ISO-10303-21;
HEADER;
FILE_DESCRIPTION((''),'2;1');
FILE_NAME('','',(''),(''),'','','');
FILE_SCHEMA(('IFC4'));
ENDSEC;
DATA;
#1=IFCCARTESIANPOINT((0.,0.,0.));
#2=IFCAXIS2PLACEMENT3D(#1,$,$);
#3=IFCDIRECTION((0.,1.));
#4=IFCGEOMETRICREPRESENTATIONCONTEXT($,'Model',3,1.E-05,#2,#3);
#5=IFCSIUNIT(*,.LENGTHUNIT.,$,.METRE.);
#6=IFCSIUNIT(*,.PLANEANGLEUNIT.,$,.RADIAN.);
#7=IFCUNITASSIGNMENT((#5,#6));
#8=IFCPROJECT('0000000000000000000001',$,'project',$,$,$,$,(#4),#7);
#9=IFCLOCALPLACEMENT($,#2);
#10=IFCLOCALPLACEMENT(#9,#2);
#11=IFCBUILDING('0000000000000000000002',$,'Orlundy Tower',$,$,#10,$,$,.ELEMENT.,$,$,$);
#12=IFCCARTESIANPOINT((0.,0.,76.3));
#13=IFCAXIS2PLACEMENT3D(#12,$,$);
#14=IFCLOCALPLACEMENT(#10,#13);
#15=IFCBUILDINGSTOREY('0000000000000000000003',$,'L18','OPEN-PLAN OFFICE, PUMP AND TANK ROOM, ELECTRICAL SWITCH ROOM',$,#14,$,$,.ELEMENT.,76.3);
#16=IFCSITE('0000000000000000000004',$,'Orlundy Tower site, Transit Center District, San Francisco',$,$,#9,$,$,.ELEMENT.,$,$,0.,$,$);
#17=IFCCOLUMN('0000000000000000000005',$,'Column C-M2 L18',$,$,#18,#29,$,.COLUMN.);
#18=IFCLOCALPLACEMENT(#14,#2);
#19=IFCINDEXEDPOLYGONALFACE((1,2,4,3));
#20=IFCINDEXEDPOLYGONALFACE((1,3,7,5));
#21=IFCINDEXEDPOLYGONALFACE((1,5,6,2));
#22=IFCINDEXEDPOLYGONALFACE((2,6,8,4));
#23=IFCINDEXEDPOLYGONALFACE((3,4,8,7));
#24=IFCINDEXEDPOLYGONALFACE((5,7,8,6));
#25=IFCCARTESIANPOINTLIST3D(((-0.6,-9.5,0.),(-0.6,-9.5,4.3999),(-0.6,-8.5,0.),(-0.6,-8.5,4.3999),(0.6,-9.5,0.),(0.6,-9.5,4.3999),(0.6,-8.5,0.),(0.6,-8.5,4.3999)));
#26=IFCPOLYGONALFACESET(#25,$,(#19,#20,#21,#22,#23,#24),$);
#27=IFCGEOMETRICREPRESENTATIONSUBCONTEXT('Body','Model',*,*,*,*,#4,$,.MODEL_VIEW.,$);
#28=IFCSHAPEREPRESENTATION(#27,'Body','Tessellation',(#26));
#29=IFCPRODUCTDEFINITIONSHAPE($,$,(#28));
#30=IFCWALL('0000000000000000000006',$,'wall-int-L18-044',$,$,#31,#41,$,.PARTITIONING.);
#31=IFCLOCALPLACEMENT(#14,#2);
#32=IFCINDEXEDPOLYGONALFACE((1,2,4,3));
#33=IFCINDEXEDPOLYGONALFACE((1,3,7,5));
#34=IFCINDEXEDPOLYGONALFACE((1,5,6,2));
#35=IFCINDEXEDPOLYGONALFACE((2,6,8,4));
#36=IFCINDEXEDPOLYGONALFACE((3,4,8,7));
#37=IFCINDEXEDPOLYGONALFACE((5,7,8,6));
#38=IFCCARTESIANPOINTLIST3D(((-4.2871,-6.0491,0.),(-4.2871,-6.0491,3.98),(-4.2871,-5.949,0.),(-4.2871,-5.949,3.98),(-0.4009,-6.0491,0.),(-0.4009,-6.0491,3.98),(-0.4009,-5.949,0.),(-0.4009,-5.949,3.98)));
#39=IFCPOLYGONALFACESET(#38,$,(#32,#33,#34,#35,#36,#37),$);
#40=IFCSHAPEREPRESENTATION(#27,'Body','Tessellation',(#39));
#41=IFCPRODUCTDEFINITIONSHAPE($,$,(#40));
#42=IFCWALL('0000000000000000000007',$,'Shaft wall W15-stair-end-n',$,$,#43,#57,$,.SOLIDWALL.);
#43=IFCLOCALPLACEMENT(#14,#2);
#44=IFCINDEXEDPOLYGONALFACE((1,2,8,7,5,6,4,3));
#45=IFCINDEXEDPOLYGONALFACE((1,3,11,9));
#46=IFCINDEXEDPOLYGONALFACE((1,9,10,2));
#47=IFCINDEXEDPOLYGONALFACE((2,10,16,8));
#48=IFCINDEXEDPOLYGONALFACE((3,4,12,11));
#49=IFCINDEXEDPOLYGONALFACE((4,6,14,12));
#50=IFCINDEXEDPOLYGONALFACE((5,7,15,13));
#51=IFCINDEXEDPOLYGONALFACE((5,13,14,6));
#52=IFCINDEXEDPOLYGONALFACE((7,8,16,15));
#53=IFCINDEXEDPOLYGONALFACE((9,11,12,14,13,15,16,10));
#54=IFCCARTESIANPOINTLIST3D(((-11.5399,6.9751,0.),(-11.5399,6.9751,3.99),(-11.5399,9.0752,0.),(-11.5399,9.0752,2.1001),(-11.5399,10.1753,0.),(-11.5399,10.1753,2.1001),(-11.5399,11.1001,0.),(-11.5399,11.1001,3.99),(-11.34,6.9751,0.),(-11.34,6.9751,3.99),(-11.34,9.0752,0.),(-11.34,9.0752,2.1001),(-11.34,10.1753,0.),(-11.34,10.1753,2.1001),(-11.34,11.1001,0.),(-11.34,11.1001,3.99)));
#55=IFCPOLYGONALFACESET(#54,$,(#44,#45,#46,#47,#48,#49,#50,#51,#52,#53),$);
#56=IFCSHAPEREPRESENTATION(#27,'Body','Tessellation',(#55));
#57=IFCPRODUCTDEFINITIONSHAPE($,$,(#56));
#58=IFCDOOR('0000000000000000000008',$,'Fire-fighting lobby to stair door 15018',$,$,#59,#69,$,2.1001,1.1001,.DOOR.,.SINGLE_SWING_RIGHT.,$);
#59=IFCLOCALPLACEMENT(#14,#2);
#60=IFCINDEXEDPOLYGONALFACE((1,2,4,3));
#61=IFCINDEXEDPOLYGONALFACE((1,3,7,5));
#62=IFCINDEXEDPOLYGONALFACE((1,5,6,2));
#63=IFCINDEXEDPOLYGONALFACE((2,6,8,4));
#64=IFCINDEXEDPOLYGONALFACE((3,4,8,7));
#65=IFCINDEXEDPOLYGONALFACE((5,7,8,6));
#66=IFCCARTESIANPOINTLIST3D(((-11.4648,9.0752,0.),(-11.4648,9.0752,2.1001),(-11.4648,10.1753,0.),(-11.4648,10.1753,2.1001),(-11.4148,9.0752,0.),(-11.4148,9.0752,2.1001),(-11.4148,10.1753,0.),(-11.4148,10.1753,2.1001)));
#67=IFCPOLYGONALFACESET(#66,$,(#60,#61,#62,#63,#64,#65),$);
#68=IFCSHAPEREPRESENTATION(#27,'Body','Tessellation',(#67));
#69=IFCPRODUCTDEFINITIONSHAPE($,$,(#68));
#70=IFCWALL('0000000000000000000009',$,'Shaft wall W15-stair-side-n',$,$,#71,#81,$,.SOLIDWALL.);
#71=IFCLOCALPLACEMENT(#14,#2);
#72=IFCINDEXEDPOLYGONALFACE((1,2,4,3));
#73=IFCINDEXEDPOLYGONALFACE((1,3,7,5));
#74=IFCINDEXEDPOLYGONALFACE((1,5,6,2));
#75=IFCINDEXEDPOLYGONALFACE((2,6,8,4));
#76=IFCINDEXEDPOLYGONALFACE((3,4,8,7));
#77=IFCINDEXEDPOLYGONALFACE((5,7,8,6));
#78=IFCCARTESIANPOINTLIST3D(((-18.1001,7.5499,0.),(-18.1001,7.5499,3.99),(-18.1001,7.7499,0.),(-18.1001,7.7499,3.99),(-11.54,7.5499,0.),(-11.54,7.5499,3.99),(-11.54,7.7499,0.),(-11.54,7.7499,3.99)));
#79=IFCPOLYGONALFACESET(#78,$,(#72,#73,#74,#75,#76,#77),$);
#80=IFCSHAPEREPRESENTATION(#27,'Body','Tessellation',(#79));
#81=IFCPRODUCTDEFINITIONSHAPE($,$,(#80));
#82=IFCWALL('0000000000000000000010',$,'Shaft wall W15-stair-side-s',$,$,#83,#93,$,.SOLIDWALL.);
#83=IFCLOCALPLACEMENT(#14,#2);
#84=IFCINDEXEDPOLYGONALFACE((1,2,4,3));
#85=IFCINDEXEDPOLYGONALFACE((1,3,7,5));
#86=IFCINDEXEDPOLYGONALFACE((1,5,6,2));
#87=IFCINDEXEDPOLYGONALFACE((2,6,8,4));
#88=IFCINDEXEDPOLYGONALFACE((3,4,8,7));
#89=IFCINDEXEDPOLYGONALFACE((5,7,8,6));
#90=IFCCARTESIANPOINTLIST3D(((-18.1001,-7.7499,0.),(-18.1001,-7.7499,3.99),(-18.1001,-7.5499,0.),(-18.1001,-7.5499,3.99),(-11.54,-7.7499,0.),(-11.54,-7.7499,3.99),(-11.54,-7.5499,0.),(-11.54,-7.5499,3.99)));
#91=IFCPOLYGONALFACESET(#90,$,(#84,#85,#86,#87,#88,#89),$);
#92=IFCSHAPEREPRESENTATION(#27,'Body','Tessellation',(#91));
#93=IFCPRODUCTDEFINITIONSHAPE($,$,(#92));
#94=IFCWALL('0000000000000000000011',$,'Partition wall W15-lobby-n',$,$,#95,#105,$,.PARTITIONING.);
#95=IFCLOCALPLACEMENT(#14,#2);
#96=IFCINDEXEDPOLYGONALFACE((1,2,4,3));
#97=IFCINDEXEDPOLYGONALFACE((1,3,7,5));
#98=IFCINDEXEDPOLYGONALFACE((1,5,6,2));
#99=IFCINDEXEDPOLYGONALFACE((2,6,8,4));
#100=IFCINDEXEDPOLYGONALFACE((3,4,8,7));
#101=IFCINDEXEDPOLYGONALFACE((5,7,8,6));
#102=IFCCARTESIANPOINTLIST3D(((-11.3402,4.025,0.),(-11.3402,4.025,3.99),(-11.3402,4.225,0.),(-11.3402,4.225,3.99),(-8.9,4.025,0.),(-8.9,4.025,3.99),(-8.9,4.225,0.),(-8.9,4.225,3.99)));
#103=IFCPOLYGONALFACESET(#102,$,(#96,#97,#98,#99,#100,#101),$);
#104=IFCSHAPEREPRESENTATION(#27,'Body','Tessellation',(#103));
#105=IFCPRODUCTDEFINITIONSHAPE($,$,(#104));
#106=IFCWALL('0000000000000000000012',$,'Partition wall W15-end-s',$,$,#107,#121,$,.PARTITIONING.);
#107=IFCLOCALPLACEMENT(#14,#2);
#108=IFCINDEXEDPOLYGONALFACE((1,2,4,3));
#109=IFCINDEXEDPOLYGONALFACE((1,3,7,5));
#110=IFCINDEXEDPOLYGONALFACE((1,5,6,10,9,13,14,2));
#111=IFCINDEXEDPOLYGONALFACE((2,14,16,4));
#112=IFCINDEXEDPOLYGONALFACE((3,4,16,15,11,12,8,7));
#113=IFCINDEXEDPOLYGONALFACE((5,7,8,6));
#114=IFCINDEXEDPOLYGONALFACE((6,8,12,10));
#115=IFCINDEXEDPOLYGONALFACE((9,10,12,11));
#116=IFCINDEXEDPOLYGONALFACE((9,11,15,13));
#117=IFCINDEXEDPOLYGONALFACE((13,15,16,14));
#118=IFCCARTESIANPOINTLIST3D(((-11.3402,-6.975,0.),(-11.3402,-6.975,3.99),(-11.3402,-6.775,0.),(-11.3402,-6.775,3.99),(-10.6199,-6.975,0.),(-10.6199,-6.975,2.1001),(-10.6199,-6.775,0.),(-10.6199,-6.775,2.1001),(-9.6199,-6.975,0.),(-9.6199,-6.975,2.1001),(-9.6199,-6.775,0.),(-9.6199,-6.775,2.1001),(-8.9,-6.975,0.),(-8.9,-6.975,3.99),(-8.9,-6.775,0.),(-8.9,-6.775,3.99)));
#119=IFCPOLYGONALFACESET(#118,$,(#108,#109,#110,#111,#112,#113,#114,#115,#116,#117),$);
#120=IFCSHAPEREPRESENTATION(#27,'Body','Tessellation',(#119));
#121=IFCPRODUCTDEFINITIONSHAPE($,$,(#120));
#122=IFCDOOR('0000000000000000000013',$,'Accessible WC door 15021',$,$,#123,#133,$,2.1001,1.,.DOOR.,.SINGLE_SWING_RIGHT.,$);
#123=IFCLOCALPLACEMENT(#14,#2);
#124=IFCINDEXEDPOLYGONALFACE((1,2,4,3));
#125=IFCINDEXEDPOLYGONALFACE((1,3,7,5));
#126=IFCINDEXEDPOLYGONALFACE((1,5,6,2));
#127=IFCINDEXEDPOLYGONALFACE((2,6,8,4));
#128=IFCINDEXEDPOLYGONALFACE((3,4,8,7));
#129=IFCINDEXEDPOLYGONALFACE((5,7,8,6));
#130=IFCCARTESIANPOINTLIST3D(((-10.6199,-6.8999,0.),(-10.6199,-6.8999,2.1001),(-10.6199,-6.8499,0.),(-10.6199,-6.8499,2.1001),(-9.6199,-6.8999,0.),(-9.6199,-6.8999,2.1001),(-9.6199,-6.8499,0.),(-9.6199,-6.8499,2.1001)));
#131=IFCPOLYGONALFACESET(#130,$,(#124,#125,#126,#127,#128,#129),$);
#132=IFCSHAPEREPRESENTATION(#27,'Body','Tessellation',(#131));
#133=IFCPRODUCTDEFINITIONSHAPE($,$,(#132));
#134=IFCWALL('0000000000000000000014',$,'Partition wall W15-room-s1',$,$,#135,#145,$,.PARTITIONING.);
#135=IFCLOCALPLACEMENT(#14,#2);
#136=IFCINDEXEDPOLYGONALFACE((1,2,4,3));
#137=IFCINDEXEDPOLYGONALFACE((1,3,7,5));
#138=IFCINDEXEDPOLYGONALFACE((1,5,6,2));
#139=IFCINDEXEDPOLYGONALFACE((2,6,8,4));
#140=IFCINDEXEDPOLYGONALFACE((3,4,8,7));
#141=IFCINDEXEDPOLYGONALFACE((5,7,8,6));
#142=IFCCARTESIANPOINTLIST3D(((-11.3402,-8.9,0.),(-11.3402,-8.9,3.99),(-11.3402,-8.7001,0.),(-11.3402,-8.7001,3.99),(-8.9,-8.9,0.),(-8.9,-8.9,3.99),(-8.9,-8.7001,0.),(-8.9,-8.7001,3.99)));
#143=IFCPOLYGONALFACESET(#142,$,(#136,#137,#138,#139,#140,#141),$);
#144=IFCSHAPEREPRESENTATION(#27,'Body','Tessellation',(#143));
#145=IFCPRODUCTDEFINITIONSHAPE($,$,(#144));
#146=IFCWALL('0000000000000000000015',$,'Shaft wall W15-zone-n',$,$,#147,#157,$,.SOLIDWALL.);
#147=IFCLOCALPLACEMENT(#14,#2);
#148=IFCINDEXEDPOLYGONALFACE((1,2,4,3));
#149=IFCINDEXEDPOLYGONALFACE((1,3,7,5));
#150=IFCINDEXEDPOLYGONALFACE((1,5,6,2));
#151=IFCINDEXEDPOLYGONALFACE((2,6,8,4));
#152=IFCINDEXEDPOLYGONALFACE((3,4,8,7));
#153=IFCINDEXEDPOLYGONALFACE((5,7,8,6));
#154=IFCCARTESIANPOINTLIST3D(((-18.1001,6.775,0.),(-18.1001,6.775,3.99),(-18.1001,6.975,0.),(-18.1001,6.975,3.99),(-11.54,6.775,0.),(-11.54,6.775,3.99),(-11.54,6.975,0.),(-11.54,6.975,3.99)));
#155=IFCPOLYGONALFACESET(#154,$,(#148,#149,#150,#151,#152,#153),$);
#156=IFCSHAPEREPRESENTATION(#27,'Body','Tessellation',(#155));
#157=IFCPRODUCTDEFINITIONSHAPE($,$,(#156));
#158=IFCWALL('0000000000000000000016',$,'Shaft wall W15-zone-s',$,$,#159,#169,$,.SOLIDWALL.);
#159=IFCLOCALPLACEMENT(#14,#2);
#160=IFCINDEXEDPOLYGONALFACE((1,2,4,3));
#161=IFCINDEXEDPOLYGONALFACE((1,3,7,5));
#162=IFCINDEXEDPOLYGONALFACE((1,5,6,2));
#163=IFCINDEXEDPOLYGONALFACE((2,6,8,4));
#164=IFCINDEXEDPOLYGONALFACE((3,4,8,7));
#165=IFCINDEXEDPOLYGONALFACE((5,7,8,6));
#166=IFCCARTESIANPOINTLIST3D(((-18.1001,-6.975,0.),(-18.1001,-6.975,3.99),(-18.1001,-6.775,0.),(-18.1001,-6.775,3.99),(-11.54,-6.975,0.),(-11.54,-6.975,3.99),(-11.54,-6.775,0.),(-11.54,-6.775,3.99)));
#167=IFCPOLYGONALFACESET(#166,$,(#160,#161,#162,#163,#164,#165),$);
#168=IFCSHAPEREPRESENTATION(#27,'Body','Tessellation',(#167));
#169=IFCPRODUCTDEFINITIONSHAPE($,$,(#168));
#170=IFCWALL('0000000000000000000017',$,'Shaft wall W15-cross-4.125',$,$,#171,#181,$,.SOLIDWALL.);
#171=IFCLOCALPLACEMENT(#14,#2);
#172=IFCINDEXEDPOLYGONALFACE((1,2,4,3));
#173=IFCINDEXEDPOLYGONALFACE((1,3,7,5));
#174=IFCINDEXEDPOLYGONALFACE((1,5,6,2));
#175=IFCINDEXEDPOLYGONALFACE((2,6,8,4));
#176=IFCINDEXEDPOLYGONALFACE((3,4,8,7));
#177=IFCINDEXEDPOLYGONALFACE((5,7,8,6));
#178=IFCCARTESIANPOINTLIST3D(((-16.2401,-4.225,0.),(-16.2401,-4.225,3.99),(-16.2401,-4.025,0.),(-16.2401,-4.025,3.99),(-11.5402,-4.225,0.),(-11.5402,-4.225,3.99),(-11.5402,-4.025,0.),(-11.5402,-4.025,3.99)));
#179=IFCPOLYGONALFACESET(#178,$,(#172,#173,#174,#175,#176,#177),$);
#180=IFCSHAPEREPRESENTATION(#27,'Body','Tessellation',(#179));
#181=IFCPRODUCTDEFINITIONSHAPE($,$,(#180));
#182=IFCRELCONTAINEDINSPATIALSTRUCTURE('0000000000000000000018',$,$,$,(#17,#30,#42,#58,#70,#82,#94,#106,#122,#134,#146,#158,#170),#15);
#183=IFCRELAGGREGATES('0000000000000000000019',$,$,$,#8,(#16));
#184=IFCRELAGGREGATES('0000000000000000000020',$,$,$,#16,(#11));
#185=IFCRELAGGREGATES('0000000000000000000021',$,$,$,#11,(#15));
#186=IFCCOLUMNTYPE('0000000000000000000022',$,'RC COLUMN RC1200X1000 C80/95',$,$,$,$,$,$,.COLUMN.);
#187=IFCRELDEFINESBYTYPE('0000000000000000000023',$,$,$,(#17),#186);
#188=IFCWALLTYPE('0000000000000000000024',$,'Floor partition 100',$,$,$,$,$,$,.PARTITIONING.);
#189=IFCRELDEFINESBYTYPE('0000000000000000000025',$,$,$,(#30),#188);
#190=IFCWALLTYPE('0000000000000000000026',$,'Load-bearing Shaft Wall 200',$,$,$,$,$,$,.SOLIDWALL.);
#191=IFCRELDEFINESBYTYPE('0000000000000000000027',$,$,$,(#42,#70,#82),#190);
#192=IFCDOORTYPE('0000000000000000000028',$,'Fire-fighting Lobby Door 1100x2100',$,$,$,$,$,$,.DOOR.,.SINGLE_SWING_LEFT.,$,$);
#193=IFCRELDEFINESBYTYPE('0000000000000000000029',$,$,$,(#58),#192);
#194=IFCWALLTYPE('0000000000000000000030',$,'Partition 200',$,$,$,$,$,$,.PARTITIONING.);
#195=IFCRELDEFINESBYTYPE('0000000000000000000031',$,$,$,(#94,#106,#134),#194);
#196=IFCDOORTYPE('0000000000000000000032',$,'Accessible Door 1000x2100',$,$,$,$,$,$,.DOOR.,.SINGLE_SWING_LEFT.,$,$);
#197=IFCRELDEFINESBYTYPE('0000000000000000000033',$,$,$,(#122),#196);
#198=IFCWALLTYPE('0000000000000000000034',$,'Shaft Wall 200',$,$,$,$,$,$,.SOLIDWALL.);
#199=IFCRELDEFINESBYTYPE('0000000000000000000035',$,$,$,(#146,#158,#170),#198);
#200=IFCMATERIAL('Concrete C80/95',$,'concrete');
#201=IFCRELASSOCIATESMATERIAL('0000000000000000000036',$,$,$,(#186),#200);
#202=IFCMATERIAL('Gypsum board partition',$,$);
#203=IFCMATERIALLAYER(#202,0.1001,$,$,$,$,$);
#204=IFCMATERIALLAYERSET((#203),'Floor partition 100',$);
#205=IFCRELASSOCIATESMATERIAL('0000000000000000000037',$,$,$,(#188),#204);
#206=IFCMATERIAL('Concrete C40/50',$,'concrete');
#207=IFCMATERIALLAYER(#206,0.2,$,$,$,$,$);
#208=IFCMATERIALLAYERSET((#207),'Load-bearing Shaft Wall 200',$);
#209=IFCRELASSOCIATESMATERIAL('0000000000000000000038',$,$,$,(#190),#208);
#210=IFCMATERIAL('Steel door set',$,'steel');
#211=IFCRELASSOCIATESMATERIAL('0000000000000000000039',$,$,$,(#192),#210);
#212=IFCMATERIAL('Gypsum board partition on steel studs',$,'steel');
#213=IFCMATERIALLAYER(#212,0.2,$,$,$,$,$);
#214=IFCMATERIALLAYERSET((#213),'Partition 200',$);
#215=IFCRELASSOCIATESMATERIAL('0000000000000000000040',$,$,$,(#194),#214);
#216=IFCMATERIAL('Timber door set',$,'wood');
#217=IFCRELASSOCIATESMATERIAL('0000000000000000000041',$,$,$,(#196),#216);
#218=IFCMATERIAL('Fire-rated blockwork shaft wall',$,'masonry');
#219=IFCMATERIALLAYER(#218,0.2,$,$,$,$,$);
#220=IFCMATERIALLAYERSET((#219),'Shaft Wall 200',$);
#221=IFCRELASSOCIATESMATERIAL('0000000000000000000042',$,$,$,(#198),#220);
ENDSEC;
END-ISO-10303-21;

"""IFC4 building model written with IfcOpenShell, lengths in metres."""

from ifc_helpers import new_model, si_unit, direction, frame, frame_2d, origin, origin_2d, place, context, subcontext, project, spatial, rectangle, extrude, material, layer, layer_set, material_profile, profile_set, type_object, element, fill, save


model = new_model("IFC4")

# Units and contexts
model_context = context("Model", 3, precision=1e-05, world=origin(), true_north=direction((0.0, 1.0)))
body_context = subcontext(model_context, "Body", "Model", "MODEL_VIEW")
ifc_project = project(units=[si_unit("LENGTHUNIT", "METRE"), si_unit("PLANEANGLEUNIT", "RADIAN")], contexts=[model_context])

# Site, building, storey
site_placement = place(None, origin())
site = spatial("IfcSite", under=ifc_project, at=site_placement, Name="Orlundy Tower site, Transit Center District, San Francisco", CompositionType="ELEMENT", RefElevation=0.0)
building_placement = place(site_placement, origin())
building = spatial("IfcBuilding", under=site, at=building_placement, Name="Orlundy Tower", CompositionType="ELEMENT")
storey_placement = place(building_placement, frame((0.0, 0.0, 76.3)))
storey = spatial("IfcBuildingStorey", under=building, at=storey_placement, Name="L18", Description="OPEN-PLAN OFFICE, PUMP AND TANK ROOM, ELECTRICAL SWITCH ROOM", CompositionType="ELEMENT", Elevation=76.3)

# Column
ifc_material_1 = material(Name="Concrete C80/95", Category="concrete")
ifc_material_profile = material_profile(ifc_material_1, rectangle(XDim=1.2, YDim=1.0, at=origin_2d()), Name="RC1200X1000")
ifc_profile_set = profile_set([ifc_material_profile], Name="Concrete C80/95")
column_type = type_object("IfcColumnType", Name="RC COLUMN RC1200X1000 C80/95", PredefinedType="COLUMN", material=ifc_profile_set)
column_placement = place(storey_placement, frame((0.0, -9.0, 0.0), z_axis=(0.0, 0.0, 1.0), x_axis=(1.0, 0.0, 0.0)))
element("IfcColumn", 1, at=column_placement, inside=storey, type_object=column_type, Name="Column C-M2 L18", PredefinedType="COLUMN", context=body_context, shape_type="SweptSolid", body=[
    extrude(rectangle(XDim=1.2, YDim=1.0, at=origin_2d()), origin(), (0.0, 0.0, 1.0), 4.3999),
])

# Wall
ifc_material_2 = material(Name="Gypsum board partition")
ifc_layer_1 = layer(ifc_material_2, 0.1001)
ifc_layer_set_1 = layer_set([ifc_layer_1], Name="Floor partition 100")
wall_type_1 = type_object("IfcWallType", Name="Floor partition 100", PredefinedType="PARTITIONING", material=ifc_layer_set_1)
wall_1_placement = place(storey_placement, frame((-4.2871, -5.999, 0.0), z_axis=(0.0, 0.0, 1.0), x_axis=(1.0, 0.0, 0.0)))
element("IfcWall", 2, at=wall_1_placement, inside=storey, type_object=wall_type_1, Name="wall-int-L18-044", PredefinedType="PARTITIONING", context=body_context, shape_type="SweptSolid", body=[
    extrude(rectangle(XDim=3.8862, YDim=0.1001, at=frame_2d((1.9431, 0.0))), origin(), (0.0, 0.0, 1.0), 3.98),
])

# Wall, opening, door
ifc_material_3 = material(Name="Concrete C40/50", Category="concrete")
ifc_layer_2 = layer(ifc_material_3, 0.2)
ifc_layer_set_2 = layer_set([ifc_layer_2], Name="Load-bearing Shaft Wall 200")
wall_type_2 = type_object("IfcWallType", Name="Load-bearing Shaft Wall 200", PredefinedType="SOLIDWALL", material=ifc_layer_set_2)
wall_2_placement = place(storey_placement, frame((-11.4399, 6.9751, 0.0), z_axis=(0.0, 0.0, 1.0), x_axis=(0.0, 1.0, 0.0)))
wall_2 = element("IfcWall", 3, at=wall_2_placement, inside=storey, type_object=wall_type_2, Name="Shaft wall W15-stair-end-n", PredefinedType="SOLIDWALL", context=body_context, shape_type="SweptSolid", body=[
    extrude(rectangle(XDim=4.125, YDim=0.2, at=frame_2d((2.0625, 0.0))), origin(), (0.0, 0.0, 1.0), 3.99),
])
opening_1_placement = place(wall_2_placement, frame((2.1001, 0.0, 0.0)))
opening_1 = element("IfcOpeningElement", 4, at=opening_1_placement, cuts=wall_2, PredefinedType="OPENING", context=body_context, shape_type="SweptSolid", body=[
    extrude(rectangle(XDim=1.1001, YDim=2.1001, at=frame_2d((0.55, 1.05))), frame((0.0, 0.1101, 0.0), z_axis=(0.0, -1.0, 0.0), x_axis=(1.0, 0.0, 0.0)), (0.0, 0.0, 1.0), 0.2202),
])
ifc_material_4 = material(Name="Steel door set", Category="steel")
door_type_1 = type_object("IfcDoorType", Name="Fire-fighting Lobby Door 1100x2100", OperationType="SINGLE_SWING_LEFT", PredefinedType="DOOR", material=ifc_material_4)
door_1_placement = place(opening_1_placement, origin())
door_1 = element("IfcDoor", 5, at=door_1_placement, inside=storey, type_object=door_type_1, Name="Fire-fighting lobby to stair door 15018", OperationType="SINGLE_SWING_RIGHT", OverallHeight=2.1001, OverallWidth=1.1001, PredefinedType="DOOR", context=body_context, shape_type="SweptSolid", body=[
    extrude(rectangle(XDim=1.1001, YDim=2.1001, at=frame_2d((0.55, 1.05))), frame((0.0, 0.0249, 0.0), z_axis=(0.0, -1.0, 0.0), x_axis=(1.0, 0.0, 0.0)), (0.0, 0.0, 1.0), 0.05),
])
fill(opening_1, door_1)

# Walls
for number, where, z_axis, x_axis, name in (
    (6, (-11.54, 7.6499, 0.0), (0.0, 0.0, 1.0), (-1.0, 0.0, 0.0), "Shaft wall W15-stair-side-n"),
    (7, (-11.54, -7.6499, 0.0), (0.0, 0.0, 1.0), (-1.0, 0.0, 0.0), "Shaft wall W15-stair-side-s"),
):
    element("IfcWall", number, at=place(storey_placement, frame(where, z_axis=z_axis, x_axis=x_axis)), inside=storey, type_object=wall_type_2, Name=name, PredefinedType="SOLIDWALL", context=body_context, shape_type="SweptSolid", body=[
        extrude(rectangle(XDim=6.5601, YDim=0.2, at=frame_2d((3.28, 0.0))), origin(), (0.0, 0.0, 1.0), 3.99),
    ])
ifc_material_5 = material(Name="Gypsum board partition on steel studs", Category="steel")
ifc_layer_3 = layer(ifc_material_5, 0.2)
ifc_layer_set_3 = layer_set([ifc_layer_3], Name="Partition 200")
wall_type_3 = type_object("IfcWallType", Name="Partition 200", PredefinedType="PARTITIONING", material=ifc_layer_set_3)
wall_3_placement = place(storey_placement, frame((-8.8999, 4.125, 0.0), z_axis=(0.0, 0.0, 1.0), x_axis=(-1.0, 0.0, 0.0)))
element("IfcWall", 8, at=wall_3_placement, inside=storey, type_object=wall_type_3, Name="Partition wall W15-lobby-n", PredefinedType="PARTITIONING", context=body_context, shape_type="SweptSolid", body=[
    extrude(rectangle(XDim=2.4402, YDim=0.2, at=frame_2d((1.2202, 0.0))), origin(), (0.0, 0.0, 1.0), 3.99),
])

# Wall, opening, door
wall_4_placement = place(storey_placement, frame((-8.8999, -6.875, 0.0), z_axis=(0.0, 0.0, 1.0), x_axis=(-1.0, 0.0, 0.0)))
wall_4 = element("IfcWall", 9, at=wall_4_placement, inside=storey, type_object=wall_type_3, Name="Partition wall W15-end-s", PredefinedType="PARTITIONING", context=body_context, shape_type="SweptSolid", body=[
    extrude(rectangle(XDim=2.4402, YDim=0.2, at=frame_2d((1.2202, 0.0))), origin(), (0.0, 0.0, 1.0), 3.99),
])
opening_2_placement = place(wall_4_placement, frame((0.72, 0.0, 0.0)))
opening_2 = element("IfcOpeningElement", 10, at=opening_2_placement, cuts=wall_4, PredefinedType="OPENING", context=body_context, shape_type="SweptSolid", body=[
    extrude(rectangle(XDim=1.0, YDim=2.1001, at=frame_2d((0.5, 1.05))), frame((0.0, 0.1101, 0.0), z_axis=(0.0, -1.0, 0.0), x_axis=(1.0, 0.0, 0.0)), (0.0, 0.0, 1.0), 0.2202),
])
ifc_material_6 = material(Name="Timber door set", Category="wood")
door_type_2 = type_object("IfcDoorType", Name="Accessible Door 1000x2100", OperationType="SINGLE_SWING_LEFT", PredefinedType="DOOR", material=ifc_material_6)
door_2_placement = place(opening_2_placement, origin())
door_2 = element("IfcDoor", 11, at=door_2_placement, inside=storey, type_object=door_type_2, Name="Accessible WC door 15021", OperationType="SINGLE_SWING_RIGHT", OverallHeight=2.1001, OverallWidth=1.0, PredefinedType="DOOR", context=body_context, shape_type="SweptSolid", body=[
    extrude(rectangle(XDim=1.0, YDim=2.1001, at=frame_2d((0.5, 1.05))), frame((0.0, 0.0249, 0.0), z_axis=(0.0, -1.0, 0.0), x_axis=(1.0, 0.0, 0.0)), (0.0, 0.0, 1.0), 0.05),
])
fill(opening_2, door_2)

# Walls
wall_5_placement = place(storey_placement, frame((-8.8999, -8.8, 0.0), z_axis=(0.0, 0.0, 1.0), x_axis=(-1.0, 0.0, 0.0)))
element("IfcWall", 12, at=wall_5_placement, inside=storey, type_object=wall_type_3, Name="Partition wall W15-room-s1", PredefinedType="PARTITIONING", context=body_context, shape_type="SweptSolid", body=[
    extrude(rectangle(XDim=2.4402, YDim=0.2, at=frame_2d((1.2202, 0.0))), origin(), (0.0, 0.0, 1.0), 3.99),
])
ifc_material_7 = material(Name="Fire-rated blockwork shaft wall", Category="masonry")
ifc_layer_4 = layer(ifc_material_7, 0.2)
ifc_layer_set_4 = layer_set([ifc_layer_4], Name="Shaft Wall 200")
wall_type_4 = type_object("IfcWallType", Name="Shaft Wall 200", PredefinedType="SOLIDWALL", material=ifc_layer_set_4)
for number, where, z_axis, x_axis, name in (
    (13, (-11.54, 6.875, 0.0), (0.0, 0.0, 1.0), (-1.0, 0.0, 0.0), "Shaft wall W15-zone-n"),
    (14, (-11.54, -6.875, 0.0), (0.0, 0.0, 1.0), (-1.0, 0.0, 0.0), "Shaft wall W15-zone-s"),
):
    element("IfcWall", number, at=place(storey_placement, frame(where, z_axis=z_axis, x_axis=x_axis)), inside=storey, type_object=wall_type_4, Name=name, PredefinedType="SOLIDWALL", context=body_context, shape_type="SweptSolid", body=[
        extrude(rectangle(XDim=6.5601, YDim=0.2, at=frame_2d((3.28, 0.0))), origin(), (0.0, 0.0, 1.0), 3.99),
    ])
wall_6_placement = place(storey_placement, frame((-11.54, -4.125, 0.0), z_axis=(0.0, 0.0, 1.0), x_axis=(-1.0, 0.0, 0.0)))
element("IfcWall", 15, at=wall_6_placement, inside=storey, type_object=wall_type_4, Name="Shaft wall W15-cross-4.125", PredefinedType="SOLIDWALL", context=body_context, shape_type="SweptSolid", body=[
    extrude(rectangle(XDim=4.7, YDim=0.2, at=frame_2d((2.3501, 0.0))), origin(), (0.0, 0.0, 1.0), 3.99),
])

save(model, "model.ifc")
